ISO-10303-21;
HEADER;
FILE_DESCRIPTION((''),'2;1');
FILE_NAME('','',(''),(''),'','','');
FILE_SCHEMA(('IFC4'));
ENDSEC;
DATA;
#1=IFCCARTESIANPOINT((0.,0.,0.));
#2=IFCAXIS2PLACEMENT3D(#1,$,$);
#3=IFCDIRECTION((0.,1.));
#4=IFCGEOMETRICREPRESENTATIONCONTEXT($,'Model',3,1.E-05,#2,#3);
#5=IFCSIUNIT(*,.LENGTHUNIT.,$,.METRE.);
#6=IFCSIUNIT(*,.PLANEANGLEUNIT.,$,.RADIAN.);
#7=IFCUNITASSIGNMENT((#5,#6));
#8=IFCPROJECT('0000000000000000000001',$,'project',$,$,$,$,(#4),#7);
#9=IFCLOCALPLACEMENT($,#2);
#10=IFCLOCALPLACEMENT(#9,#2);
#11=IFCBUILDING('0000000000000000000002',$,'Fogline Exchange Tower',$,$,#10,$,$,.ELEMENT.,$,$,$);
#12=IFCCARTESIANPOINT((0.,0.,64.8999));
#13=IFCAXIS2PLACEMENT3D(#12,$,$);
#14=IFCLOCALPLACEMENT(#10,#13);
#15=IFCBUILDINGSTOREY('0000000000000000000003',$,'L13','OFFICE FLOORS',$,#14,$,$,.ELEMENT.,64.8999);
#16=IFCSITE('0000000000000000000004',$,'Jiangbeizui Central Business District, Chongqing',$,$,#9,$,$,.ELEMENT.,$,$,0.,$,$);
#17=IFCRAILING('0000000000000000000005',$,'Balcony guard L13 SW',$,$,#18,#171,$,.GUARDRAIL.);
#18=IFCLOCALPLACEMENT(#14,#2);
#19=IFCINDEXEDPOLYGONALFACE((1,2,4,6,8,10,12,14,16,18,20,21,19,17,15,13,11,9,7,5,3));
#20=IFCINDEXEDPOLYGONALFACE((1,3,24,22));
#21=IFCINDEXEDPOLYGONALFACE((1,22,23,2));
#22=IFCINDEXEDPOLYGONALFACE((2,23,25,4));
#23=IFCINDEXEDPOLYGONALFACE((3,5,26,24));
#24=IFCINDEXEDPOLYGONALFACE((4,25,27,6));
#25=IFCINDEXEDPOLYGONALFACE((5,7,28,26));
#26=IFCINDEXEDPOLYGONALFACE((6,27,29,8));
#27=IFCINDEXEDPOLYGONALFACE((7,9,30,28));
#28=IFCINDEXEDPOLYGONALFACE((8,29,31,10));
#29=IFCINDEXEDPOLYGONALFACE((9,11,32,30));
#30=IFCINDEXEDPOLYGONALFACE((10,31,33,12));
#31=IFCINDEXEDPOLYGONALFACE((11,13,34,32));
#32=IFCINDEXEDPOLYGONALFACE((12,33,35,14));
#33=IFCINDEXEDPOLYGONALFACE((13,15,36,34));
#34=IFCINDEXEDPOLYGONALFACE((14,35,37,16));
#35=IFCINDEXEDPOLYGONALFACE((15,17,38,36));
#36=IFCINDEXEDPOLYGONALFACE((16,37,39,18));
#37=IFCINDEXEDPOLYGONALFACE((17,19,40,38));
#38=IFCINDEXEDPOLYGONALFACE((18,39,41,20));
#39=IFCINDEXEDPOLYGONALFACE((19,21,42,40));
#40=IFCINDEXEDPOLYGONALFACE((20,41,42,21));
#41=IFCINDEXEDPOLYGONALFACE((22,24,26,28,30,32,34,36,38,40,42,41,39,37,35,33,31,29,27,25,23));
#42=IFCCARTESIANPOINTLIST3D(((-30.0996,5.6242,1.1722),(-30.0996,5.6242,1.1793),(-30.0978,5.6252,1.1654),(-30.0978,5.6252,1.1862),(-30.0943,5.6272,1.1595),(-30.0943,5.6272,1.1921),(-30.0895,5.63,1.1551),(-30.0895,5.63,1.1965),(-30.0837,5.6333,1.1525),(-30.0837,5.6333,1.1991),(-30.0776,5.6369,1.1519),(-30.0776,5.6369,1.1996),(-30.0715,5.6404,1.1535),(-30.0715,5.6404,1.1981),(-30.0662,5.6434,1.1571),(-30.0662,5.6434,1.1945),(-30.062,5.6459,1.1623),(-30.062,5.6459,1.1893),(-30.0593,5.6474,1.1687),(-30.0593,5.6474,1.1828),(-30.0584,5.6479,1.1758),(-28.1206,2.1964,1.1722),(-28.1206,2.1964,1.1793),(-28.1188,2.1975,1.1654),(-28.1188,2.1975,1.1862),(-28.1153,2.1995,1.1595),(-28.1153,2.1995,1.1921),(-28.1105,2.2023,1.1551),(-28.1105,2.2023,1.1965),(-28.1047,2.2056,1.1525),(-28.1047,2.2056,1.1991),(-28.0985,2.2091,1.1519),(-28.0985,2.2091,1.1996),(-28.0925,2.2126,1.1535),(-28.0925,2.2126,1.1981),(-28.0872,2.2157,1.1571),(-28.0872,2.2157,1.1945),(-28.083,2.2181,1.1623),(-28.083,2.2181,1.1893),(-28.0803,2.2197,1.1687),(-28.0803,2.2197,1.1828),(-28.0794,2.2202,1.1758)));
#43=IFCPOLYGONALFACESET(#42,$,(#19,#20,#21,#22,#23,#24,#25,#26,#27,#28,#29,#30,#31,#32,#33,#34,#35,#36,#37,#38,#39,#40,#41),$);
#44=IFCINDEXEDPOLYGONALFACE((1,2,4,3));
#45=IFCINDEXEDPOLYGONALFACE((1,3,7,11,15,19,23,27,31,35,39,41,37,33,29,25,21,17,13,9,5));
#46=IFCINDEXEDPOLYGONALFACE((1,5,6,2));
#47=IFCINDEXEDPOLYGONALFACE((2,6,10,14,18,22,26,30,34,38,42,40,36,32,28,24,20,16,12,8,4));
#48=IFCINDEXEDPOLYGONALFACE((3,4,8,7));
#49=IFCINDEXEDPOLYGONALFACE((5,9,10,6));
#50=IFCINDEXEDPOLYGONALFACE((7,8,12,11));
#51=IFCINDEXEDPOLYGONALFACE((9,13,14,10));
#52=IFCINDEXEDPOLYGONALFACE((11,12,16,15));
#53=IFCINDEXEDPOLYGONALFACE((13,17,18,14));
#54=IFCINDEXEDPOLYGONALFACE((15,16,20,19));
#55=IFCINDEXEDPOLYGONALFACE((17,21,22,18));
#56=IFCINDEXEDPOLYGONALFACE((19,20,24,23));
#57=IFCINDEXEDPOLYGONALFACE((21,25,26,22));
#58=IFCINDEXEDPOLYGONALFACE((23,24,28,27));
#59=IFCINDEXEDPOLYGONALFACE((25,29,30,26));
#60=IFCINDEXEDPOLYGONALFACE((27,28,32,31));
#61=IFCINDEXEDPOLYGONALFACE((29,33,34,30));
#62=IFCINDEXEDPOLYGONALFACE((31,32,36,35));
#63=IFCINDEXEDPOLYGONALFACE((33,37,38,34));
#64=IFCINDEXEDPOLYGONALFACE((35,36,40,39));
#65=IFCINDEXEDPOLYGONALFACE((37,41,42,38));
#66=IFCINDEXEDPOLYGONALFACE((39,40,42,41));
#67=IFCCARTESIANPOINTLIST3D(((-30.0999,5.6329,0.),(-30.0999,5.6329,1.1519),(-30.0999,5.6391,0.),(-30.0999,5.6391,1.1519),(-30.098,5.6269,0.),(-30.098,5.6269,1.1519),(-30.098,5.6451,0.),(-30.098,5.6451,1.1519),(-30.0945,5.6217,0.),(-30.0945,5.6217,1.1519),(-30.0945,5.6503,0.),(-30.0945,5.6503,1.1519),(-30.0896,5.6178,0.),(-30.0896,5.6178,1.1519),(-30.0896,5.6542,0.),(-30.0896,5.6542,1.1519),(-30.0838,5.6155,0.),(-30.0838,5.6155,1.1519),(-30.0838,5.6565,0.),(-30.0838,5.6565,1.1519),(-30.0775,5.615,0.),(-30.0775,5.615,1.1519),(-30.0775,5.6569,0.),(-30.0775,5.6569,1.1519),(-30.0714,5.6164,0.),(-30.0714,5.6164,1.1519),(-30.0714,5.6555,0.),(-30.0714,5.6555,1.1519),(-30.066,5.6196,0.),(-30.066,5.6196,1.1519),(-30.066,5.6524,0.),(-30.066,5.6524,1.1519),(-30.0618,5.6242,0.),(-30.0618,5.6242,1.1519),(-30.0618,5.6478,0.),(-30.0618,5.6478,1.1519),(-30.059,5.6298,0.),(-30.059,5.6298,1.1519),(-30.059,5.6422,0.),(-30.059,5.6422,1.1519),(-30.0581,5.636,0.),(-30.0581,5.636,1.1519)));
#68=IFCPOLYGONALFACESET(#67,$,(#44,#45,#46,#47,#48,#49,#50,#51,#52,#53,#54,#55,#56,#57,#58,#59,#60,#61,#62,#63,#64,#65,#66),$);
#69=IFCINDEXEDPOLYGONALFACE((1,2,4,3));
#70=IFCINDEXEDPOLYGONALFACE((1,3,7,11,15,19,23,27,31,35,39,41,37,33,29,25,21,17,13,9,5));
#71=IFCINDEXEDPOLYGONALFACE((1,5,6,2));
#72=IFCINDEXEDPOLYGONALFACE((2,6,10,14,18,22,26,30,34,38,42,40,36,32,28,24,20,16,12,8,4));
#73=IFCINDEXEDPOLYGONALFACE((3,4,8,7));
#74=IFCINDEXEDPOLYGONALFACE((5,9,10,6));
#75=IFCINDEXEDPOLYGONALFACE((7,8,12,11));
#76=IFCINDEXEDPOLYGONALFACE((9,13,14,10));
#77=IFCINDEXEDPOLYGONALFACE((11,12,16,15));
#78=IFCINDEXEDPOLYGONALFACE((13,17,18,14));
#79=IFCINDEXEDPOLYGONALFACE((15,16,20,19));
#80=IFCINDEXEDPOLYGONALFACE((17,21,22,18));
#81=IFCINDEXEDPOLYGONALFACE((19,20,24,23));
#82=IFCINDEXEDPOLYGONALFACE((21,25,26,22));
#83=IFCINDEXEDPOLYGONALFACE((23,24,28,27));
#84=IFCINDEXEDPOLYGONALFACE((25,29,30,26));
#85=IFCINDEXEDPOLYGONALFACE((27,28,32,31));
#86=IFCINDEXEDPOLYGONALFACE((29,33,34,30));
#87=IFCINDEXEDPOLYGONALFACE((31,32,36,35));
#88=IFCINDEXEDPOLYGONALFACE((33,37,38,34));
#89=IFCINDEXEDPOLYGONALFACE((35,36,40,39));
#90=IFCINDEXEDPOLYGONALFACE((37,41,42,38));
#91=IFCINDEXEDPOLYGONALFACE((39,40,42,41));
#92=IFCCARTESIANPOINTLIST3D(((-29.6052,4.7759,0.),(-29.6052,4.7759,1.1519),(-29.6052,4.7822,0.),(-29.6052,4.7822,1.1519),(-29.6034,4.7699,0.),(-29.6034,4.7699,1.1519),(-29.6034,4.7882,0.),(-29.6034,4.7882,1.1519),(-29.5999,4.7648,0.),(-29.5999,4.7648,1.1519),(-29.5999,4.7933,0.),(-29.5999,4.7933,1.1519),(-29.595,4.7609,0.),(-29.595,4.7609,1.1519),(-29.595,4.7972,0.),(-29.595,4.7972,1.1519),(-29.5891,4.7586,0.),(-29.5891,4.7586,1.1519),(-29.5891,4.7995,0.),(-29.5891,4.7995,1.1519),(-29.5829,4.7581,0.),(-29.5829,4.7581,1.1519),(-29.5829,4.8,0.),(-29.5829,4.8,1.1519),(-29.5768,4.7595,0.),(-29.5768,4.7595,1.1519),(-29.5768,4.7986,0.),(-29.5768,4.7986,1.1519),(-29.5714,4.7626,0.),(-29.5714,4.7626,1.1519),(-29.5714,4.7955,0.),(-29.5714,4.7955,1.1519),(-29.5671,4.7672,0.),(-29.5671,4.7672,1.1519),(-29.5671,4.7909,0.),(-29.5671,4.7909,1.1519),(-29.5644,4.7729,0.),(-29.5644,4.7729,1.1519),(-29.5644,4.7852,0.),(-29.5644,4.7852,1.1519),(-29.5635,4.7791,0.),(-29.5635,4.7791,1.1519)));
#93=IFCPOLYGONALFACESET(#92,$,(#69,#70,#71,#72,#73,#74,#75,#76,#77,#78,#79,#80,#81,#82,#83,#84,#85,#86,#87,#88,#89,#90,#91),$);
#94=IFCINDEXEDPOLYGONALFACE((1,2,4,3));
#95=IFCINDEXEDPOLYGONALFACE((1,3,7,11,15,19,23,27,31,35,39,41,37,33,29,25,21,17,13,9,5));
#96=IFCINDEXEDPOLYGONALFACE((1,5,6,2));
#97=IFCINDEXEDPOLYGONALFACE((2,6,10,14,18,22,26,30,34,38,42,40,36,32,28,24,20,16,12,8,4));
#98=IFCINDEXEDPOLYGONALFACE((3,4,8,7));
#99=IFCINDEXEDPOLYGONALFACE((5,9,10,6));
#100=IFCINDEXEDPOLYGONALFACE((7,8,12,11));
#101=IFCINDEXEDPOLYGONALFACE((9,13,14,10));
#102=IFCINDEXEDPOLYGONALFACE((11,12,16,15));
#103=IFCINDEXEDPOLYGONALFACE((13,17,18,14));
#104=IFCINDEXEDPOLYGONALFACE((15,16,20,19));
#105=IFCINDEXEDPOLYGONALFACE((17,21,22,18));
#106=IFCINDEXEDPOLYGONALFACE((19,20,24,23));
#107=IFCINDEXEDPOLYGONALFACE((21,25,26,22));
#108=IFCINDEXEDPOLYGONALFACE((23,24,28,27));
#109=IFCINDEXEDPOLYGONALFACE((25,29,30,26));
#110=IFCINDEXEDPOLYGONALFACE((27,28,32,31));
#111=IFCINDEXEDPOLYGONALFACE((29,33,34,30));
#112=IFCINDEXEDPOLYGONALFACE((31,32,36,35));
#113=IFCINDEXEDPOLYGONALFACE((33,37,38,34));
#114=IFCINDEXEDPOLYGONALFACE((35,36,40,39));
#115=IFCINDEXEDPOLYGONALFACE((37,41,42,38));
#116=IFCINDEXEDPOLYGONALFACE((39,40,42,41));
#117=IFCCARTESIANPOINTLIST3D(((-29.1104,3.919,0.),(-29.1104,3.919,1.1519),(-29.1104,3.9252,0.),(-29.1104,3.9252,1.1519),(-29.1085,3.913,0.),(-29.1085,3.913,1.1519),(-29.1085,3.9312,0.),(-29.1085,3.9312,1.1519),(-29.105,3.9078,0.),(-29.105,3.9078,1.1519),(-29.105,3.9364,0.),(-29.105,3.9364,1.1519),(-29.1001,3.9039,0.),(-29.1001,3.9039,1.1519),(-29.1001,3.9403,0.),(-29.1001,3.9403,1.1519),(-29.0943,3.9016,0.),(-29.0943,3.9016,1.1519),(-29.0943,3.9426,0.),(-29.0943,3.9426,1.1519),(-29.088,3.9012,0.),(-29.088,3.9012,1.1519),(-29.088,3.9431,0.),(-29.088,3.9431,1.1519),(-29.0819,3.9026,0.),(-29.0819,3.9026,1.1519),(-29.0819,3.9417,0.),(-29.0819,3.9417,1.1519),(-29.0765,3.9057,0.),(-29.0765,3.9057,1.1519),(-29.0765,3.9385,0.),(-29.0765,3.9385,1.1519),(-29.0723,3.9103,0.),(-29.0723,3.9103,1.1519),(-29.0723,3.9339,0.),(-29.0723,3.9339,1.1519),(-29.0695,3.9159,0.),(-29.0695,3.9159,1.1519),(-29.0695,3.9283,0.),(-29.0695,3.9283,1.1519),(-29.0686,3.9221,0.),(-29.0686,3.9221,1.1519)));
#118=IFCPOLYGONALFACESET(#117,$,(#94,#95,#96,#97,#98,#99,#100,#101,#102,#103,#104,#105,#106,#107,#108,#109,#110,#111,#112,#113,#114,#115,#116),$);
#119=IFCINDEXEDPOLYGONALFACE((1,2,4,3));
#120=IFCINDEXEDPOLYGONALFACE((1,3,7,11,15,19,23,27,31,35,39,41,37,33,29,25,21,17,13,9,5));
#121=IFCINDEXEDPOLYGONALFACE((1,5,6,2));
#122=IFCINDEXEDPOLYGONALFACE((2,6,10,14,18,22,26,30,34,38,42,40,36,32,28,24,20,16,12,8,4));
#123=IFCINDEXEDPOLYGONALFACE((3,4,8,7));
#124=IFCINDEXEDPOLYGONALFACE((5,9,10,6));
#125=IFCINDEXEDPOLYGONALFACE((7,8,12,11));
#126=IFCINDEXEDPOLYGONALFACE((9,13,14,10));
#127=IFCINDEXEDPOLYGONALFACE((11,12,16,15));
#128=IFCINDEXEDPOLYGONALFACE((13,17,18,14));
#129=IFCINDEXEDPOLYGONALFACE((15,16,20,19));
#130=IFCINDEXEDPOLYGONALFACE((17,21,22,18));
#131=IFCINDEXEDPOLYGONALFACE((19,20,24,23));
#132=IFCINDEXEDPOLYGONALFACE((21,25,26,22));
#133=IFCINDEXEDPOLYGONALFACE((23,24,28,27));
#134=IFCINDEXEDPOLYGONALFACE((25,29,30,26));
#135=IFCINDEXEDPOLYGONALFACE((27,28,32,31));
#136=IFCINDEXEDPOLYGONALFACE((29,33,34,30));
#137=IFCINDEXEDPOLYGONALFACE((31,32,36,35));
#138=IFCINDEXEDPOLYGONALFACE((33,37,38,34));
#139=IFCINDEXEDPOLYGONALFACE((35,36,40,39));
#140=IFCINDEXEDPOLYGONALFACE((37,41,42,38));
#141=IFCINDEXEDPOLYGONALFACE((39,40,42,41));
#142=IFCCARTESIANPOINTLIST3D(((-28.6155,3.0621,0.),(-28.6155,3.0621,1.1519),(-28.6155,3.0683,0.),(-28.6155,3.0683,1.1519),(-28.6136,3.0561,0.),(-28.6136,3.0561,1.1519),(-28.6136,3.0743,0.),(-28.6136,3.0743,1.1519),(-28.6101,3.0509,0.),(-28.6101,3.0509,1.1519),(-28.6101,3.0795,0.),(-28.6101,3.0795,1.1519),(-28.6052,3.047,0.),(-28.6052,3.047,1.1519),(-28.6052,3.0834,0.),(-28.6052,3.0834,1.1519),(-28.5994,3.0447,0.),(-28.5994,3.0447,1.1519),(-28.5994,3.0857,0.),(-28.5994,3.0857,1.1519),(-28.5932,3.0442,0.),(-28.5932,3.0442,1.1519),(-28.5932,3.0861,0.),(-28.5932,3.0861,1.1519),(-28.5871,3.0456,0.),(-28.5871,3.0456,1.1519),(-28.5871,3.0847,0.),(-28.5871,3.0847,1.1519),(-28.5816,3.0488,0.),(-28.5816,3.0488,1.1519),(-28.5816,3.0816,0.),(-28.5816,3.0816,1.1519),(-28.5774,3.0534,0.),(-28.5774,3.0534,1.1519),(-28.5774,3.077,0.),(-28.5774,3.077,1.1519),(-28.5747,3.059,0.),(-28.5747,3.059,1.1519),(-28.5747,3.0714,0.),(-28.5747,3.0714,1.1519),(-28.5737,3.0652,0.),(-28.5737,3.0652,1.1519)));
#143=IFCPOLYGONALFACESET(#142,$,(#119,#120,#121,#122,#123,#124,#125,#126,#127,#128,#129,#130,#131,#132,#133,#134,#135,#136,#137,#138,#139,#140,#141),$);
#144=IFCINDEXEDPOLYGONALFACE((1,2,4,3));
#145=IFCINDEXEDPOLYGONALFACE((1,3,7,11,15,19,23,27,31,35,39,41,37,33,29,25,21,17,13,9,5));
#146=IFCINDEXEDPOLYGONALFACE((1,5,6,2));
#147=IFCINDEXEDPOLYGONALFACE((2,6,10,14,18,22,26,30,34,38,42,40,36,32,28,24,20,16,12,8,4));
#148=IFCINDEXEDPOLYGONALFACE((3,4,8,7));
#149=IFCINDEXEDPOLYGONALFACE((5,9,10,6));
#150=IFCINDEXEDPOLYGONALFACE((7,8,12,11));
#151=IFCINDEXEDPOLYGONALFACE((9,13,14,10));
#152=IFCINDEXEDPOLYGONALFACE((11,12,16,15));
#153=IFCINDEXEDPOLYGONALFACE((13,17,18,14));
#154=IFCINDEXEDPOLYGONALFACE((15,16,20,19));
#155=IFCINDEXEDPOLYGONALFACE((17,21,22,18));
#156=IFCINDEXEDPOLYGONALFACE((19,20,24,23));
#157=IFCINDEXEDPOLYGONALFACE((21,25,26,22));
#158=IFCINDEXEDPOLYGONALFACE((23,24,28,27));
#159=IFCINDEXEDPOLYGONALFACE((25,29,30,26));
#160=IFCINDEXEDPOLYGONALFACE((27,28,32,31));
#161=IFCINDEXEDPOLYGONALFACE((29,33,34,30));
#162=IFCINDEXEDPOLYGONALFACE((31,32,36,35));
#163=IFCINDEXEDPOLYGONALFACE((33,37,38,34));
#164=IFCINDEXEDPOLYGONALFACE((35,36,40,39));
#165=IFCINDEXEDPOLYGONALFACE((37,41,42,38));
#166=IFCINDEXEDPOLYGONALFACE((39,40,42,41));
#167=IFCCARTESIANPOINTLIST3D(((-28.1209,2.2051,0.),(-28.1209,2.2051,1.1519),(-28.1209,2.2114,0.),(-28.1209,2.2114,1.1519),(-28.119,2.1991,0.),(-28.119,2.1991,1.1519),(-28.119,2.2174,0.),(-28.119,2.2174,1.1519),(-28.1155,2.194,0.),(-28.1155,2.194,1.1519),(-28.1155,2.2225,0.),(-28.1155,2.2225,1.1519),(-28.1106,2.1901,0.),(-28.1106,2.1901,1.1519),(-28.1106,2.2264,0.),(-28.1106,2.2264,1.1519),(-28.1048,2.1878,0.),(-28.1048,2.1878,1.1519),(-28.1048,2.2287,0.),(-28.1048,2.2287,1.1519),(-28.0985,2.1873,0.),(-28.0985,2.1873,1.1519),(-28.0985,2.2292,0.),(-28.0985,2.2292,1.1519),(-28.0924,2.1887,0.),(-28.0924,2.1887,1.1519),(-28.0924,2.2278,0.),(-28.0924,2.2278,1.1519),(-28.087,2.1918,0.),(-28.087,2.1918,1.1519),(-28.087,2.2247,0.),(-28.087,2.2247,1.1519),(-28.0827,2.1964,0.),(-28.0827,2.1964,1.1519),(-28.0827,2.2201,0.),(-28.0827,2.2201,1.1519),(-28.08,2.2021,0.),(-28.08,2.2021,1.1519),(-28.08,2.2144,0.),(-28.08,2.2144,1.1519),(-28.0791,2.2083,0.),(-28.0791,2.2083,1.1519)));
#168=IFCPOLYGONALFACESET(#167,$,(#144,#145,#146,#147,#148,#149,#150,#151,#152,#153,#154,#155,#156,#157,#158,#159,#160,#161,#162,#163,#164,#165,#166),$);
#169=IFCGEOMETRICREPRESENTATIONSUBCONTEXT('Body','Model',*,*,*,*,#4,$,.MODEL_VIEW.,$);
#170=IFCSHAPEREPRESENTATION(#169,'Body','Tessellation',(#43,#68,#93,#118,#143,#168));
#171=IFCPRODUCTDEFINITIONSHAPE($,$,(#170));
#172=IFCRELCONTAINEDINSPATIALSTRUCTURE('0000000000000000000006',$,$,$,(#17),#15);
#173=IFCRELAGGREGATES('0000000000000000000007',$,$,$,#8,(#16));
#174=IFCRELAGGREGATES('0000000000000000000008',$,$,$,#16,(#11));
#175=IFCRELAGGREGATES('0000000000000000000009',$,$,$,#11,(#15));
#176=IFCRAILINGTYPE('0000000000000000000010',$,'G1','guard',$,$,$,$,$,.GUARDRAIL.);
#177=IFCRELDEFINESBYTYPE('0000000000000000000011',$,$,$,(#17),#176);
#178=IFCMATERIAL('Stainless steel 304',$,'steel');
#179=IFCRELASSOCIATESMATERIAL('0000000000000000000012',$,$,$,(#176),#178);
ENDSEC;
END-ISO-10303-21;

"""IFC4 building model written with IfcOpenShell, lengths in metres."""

from ifc_helpers import new_model, si_unit, direction, frame, origin, origin_2d, place, context, subcontext, project, spatial, circle, extrude, material, type_object, element, save


model = new_model("IFC4")

# Units and contexts
model_context = context("Model", 3, precision=1e-05, world=origin(), true_north=direction((0.0, 1.0)))
body_context = subcontext(model_context, "Body", "Model", "MODEL_VIEW")
ifc_project = project(units=[si_unit("LENGTHUNIT", "METRE"), si_unit("PLANEANGLEUNIT", "RADIAN")], contexts=[model_context])

# Site, building, storey
site_placement = place(None, origin())
site = spatial("IfcSite", under=ifc_project, at=site_placement, Name="Jiangbeizui Central Business District, Chongqing", CompositionType="ELEMENT", RefElevation=0.0)
building_placement = place(site_placement, origin())
building = spatial("IfcBuilding", under=site, at=building_placement, Name="Fogline Exchange Tower", CompositionType="ELEMENT")
storey_placement = place(building_placement, frame((0.0, 0.0, 64.8999)))
storey = spatial("IfcBuildingStorey", under=building, at=storey_placement, Name="L13", Description="OFFICE FLOORS", CompositionType="ELEMENT", Elevation=64.8999)

# Railing
ifc_material_1 = material(Name="Stainless steel 304", Category="steel")
railing_type = type_object("IfcRailingType", Name="G1", Description="guard", PredefinedType="GUARDRAIL", material=ifc_material_1)
railing_placement = place(storey_placement, frame((-30.0791, 5.636, 0.0)))
element("IfcRailing", 1, at=railing_placement, inside=storey, type_object=railing_type, Name="Balcony guard L13 SW", PredefinedType="GUARDRAIL", context=body_context, shape_type="SweptSolid", body=[
    extrude(circle(Radius=0.0239, at=origin_2d()), frame((0.0, 0.0, 1.1758), z_axis=(0.5, -0.866025, 0.0), x_axis=(0.866025, 0.5, 0.0)), (0.0, 0.0, 1.0), 3.958),
    extrude(circle(Radius=0.021, at=origin_2d()), origin(), (0.0, 0.0, 1.0), 1.1519),
    extrude(circle(Radius=0.021, at=origin_2d()), frame((0.4946, -0.8569, 0.0)), (0.0, 0.0, 1.0), 1.1519),
    extrude(circle(Radius=0.021, at=origin_2d()), frame((0.9895, -1.7139, 0.0)), (0.0, 0.0, 1.0), 1.1519),
    extrude(circle(Radius=0.021, at=origin_2d()), frame((1.4844, -2.5708, 0.0)), (0.0, 0.0, 1.0), 1.1519),
    extrude(circle(Radius=0.021, at=origin_2d()), frame((1.979, -3.4277, 0.0)), (0.0, 0.0, 1.0), 1.1519),
])

save(model, "model.ifc")
